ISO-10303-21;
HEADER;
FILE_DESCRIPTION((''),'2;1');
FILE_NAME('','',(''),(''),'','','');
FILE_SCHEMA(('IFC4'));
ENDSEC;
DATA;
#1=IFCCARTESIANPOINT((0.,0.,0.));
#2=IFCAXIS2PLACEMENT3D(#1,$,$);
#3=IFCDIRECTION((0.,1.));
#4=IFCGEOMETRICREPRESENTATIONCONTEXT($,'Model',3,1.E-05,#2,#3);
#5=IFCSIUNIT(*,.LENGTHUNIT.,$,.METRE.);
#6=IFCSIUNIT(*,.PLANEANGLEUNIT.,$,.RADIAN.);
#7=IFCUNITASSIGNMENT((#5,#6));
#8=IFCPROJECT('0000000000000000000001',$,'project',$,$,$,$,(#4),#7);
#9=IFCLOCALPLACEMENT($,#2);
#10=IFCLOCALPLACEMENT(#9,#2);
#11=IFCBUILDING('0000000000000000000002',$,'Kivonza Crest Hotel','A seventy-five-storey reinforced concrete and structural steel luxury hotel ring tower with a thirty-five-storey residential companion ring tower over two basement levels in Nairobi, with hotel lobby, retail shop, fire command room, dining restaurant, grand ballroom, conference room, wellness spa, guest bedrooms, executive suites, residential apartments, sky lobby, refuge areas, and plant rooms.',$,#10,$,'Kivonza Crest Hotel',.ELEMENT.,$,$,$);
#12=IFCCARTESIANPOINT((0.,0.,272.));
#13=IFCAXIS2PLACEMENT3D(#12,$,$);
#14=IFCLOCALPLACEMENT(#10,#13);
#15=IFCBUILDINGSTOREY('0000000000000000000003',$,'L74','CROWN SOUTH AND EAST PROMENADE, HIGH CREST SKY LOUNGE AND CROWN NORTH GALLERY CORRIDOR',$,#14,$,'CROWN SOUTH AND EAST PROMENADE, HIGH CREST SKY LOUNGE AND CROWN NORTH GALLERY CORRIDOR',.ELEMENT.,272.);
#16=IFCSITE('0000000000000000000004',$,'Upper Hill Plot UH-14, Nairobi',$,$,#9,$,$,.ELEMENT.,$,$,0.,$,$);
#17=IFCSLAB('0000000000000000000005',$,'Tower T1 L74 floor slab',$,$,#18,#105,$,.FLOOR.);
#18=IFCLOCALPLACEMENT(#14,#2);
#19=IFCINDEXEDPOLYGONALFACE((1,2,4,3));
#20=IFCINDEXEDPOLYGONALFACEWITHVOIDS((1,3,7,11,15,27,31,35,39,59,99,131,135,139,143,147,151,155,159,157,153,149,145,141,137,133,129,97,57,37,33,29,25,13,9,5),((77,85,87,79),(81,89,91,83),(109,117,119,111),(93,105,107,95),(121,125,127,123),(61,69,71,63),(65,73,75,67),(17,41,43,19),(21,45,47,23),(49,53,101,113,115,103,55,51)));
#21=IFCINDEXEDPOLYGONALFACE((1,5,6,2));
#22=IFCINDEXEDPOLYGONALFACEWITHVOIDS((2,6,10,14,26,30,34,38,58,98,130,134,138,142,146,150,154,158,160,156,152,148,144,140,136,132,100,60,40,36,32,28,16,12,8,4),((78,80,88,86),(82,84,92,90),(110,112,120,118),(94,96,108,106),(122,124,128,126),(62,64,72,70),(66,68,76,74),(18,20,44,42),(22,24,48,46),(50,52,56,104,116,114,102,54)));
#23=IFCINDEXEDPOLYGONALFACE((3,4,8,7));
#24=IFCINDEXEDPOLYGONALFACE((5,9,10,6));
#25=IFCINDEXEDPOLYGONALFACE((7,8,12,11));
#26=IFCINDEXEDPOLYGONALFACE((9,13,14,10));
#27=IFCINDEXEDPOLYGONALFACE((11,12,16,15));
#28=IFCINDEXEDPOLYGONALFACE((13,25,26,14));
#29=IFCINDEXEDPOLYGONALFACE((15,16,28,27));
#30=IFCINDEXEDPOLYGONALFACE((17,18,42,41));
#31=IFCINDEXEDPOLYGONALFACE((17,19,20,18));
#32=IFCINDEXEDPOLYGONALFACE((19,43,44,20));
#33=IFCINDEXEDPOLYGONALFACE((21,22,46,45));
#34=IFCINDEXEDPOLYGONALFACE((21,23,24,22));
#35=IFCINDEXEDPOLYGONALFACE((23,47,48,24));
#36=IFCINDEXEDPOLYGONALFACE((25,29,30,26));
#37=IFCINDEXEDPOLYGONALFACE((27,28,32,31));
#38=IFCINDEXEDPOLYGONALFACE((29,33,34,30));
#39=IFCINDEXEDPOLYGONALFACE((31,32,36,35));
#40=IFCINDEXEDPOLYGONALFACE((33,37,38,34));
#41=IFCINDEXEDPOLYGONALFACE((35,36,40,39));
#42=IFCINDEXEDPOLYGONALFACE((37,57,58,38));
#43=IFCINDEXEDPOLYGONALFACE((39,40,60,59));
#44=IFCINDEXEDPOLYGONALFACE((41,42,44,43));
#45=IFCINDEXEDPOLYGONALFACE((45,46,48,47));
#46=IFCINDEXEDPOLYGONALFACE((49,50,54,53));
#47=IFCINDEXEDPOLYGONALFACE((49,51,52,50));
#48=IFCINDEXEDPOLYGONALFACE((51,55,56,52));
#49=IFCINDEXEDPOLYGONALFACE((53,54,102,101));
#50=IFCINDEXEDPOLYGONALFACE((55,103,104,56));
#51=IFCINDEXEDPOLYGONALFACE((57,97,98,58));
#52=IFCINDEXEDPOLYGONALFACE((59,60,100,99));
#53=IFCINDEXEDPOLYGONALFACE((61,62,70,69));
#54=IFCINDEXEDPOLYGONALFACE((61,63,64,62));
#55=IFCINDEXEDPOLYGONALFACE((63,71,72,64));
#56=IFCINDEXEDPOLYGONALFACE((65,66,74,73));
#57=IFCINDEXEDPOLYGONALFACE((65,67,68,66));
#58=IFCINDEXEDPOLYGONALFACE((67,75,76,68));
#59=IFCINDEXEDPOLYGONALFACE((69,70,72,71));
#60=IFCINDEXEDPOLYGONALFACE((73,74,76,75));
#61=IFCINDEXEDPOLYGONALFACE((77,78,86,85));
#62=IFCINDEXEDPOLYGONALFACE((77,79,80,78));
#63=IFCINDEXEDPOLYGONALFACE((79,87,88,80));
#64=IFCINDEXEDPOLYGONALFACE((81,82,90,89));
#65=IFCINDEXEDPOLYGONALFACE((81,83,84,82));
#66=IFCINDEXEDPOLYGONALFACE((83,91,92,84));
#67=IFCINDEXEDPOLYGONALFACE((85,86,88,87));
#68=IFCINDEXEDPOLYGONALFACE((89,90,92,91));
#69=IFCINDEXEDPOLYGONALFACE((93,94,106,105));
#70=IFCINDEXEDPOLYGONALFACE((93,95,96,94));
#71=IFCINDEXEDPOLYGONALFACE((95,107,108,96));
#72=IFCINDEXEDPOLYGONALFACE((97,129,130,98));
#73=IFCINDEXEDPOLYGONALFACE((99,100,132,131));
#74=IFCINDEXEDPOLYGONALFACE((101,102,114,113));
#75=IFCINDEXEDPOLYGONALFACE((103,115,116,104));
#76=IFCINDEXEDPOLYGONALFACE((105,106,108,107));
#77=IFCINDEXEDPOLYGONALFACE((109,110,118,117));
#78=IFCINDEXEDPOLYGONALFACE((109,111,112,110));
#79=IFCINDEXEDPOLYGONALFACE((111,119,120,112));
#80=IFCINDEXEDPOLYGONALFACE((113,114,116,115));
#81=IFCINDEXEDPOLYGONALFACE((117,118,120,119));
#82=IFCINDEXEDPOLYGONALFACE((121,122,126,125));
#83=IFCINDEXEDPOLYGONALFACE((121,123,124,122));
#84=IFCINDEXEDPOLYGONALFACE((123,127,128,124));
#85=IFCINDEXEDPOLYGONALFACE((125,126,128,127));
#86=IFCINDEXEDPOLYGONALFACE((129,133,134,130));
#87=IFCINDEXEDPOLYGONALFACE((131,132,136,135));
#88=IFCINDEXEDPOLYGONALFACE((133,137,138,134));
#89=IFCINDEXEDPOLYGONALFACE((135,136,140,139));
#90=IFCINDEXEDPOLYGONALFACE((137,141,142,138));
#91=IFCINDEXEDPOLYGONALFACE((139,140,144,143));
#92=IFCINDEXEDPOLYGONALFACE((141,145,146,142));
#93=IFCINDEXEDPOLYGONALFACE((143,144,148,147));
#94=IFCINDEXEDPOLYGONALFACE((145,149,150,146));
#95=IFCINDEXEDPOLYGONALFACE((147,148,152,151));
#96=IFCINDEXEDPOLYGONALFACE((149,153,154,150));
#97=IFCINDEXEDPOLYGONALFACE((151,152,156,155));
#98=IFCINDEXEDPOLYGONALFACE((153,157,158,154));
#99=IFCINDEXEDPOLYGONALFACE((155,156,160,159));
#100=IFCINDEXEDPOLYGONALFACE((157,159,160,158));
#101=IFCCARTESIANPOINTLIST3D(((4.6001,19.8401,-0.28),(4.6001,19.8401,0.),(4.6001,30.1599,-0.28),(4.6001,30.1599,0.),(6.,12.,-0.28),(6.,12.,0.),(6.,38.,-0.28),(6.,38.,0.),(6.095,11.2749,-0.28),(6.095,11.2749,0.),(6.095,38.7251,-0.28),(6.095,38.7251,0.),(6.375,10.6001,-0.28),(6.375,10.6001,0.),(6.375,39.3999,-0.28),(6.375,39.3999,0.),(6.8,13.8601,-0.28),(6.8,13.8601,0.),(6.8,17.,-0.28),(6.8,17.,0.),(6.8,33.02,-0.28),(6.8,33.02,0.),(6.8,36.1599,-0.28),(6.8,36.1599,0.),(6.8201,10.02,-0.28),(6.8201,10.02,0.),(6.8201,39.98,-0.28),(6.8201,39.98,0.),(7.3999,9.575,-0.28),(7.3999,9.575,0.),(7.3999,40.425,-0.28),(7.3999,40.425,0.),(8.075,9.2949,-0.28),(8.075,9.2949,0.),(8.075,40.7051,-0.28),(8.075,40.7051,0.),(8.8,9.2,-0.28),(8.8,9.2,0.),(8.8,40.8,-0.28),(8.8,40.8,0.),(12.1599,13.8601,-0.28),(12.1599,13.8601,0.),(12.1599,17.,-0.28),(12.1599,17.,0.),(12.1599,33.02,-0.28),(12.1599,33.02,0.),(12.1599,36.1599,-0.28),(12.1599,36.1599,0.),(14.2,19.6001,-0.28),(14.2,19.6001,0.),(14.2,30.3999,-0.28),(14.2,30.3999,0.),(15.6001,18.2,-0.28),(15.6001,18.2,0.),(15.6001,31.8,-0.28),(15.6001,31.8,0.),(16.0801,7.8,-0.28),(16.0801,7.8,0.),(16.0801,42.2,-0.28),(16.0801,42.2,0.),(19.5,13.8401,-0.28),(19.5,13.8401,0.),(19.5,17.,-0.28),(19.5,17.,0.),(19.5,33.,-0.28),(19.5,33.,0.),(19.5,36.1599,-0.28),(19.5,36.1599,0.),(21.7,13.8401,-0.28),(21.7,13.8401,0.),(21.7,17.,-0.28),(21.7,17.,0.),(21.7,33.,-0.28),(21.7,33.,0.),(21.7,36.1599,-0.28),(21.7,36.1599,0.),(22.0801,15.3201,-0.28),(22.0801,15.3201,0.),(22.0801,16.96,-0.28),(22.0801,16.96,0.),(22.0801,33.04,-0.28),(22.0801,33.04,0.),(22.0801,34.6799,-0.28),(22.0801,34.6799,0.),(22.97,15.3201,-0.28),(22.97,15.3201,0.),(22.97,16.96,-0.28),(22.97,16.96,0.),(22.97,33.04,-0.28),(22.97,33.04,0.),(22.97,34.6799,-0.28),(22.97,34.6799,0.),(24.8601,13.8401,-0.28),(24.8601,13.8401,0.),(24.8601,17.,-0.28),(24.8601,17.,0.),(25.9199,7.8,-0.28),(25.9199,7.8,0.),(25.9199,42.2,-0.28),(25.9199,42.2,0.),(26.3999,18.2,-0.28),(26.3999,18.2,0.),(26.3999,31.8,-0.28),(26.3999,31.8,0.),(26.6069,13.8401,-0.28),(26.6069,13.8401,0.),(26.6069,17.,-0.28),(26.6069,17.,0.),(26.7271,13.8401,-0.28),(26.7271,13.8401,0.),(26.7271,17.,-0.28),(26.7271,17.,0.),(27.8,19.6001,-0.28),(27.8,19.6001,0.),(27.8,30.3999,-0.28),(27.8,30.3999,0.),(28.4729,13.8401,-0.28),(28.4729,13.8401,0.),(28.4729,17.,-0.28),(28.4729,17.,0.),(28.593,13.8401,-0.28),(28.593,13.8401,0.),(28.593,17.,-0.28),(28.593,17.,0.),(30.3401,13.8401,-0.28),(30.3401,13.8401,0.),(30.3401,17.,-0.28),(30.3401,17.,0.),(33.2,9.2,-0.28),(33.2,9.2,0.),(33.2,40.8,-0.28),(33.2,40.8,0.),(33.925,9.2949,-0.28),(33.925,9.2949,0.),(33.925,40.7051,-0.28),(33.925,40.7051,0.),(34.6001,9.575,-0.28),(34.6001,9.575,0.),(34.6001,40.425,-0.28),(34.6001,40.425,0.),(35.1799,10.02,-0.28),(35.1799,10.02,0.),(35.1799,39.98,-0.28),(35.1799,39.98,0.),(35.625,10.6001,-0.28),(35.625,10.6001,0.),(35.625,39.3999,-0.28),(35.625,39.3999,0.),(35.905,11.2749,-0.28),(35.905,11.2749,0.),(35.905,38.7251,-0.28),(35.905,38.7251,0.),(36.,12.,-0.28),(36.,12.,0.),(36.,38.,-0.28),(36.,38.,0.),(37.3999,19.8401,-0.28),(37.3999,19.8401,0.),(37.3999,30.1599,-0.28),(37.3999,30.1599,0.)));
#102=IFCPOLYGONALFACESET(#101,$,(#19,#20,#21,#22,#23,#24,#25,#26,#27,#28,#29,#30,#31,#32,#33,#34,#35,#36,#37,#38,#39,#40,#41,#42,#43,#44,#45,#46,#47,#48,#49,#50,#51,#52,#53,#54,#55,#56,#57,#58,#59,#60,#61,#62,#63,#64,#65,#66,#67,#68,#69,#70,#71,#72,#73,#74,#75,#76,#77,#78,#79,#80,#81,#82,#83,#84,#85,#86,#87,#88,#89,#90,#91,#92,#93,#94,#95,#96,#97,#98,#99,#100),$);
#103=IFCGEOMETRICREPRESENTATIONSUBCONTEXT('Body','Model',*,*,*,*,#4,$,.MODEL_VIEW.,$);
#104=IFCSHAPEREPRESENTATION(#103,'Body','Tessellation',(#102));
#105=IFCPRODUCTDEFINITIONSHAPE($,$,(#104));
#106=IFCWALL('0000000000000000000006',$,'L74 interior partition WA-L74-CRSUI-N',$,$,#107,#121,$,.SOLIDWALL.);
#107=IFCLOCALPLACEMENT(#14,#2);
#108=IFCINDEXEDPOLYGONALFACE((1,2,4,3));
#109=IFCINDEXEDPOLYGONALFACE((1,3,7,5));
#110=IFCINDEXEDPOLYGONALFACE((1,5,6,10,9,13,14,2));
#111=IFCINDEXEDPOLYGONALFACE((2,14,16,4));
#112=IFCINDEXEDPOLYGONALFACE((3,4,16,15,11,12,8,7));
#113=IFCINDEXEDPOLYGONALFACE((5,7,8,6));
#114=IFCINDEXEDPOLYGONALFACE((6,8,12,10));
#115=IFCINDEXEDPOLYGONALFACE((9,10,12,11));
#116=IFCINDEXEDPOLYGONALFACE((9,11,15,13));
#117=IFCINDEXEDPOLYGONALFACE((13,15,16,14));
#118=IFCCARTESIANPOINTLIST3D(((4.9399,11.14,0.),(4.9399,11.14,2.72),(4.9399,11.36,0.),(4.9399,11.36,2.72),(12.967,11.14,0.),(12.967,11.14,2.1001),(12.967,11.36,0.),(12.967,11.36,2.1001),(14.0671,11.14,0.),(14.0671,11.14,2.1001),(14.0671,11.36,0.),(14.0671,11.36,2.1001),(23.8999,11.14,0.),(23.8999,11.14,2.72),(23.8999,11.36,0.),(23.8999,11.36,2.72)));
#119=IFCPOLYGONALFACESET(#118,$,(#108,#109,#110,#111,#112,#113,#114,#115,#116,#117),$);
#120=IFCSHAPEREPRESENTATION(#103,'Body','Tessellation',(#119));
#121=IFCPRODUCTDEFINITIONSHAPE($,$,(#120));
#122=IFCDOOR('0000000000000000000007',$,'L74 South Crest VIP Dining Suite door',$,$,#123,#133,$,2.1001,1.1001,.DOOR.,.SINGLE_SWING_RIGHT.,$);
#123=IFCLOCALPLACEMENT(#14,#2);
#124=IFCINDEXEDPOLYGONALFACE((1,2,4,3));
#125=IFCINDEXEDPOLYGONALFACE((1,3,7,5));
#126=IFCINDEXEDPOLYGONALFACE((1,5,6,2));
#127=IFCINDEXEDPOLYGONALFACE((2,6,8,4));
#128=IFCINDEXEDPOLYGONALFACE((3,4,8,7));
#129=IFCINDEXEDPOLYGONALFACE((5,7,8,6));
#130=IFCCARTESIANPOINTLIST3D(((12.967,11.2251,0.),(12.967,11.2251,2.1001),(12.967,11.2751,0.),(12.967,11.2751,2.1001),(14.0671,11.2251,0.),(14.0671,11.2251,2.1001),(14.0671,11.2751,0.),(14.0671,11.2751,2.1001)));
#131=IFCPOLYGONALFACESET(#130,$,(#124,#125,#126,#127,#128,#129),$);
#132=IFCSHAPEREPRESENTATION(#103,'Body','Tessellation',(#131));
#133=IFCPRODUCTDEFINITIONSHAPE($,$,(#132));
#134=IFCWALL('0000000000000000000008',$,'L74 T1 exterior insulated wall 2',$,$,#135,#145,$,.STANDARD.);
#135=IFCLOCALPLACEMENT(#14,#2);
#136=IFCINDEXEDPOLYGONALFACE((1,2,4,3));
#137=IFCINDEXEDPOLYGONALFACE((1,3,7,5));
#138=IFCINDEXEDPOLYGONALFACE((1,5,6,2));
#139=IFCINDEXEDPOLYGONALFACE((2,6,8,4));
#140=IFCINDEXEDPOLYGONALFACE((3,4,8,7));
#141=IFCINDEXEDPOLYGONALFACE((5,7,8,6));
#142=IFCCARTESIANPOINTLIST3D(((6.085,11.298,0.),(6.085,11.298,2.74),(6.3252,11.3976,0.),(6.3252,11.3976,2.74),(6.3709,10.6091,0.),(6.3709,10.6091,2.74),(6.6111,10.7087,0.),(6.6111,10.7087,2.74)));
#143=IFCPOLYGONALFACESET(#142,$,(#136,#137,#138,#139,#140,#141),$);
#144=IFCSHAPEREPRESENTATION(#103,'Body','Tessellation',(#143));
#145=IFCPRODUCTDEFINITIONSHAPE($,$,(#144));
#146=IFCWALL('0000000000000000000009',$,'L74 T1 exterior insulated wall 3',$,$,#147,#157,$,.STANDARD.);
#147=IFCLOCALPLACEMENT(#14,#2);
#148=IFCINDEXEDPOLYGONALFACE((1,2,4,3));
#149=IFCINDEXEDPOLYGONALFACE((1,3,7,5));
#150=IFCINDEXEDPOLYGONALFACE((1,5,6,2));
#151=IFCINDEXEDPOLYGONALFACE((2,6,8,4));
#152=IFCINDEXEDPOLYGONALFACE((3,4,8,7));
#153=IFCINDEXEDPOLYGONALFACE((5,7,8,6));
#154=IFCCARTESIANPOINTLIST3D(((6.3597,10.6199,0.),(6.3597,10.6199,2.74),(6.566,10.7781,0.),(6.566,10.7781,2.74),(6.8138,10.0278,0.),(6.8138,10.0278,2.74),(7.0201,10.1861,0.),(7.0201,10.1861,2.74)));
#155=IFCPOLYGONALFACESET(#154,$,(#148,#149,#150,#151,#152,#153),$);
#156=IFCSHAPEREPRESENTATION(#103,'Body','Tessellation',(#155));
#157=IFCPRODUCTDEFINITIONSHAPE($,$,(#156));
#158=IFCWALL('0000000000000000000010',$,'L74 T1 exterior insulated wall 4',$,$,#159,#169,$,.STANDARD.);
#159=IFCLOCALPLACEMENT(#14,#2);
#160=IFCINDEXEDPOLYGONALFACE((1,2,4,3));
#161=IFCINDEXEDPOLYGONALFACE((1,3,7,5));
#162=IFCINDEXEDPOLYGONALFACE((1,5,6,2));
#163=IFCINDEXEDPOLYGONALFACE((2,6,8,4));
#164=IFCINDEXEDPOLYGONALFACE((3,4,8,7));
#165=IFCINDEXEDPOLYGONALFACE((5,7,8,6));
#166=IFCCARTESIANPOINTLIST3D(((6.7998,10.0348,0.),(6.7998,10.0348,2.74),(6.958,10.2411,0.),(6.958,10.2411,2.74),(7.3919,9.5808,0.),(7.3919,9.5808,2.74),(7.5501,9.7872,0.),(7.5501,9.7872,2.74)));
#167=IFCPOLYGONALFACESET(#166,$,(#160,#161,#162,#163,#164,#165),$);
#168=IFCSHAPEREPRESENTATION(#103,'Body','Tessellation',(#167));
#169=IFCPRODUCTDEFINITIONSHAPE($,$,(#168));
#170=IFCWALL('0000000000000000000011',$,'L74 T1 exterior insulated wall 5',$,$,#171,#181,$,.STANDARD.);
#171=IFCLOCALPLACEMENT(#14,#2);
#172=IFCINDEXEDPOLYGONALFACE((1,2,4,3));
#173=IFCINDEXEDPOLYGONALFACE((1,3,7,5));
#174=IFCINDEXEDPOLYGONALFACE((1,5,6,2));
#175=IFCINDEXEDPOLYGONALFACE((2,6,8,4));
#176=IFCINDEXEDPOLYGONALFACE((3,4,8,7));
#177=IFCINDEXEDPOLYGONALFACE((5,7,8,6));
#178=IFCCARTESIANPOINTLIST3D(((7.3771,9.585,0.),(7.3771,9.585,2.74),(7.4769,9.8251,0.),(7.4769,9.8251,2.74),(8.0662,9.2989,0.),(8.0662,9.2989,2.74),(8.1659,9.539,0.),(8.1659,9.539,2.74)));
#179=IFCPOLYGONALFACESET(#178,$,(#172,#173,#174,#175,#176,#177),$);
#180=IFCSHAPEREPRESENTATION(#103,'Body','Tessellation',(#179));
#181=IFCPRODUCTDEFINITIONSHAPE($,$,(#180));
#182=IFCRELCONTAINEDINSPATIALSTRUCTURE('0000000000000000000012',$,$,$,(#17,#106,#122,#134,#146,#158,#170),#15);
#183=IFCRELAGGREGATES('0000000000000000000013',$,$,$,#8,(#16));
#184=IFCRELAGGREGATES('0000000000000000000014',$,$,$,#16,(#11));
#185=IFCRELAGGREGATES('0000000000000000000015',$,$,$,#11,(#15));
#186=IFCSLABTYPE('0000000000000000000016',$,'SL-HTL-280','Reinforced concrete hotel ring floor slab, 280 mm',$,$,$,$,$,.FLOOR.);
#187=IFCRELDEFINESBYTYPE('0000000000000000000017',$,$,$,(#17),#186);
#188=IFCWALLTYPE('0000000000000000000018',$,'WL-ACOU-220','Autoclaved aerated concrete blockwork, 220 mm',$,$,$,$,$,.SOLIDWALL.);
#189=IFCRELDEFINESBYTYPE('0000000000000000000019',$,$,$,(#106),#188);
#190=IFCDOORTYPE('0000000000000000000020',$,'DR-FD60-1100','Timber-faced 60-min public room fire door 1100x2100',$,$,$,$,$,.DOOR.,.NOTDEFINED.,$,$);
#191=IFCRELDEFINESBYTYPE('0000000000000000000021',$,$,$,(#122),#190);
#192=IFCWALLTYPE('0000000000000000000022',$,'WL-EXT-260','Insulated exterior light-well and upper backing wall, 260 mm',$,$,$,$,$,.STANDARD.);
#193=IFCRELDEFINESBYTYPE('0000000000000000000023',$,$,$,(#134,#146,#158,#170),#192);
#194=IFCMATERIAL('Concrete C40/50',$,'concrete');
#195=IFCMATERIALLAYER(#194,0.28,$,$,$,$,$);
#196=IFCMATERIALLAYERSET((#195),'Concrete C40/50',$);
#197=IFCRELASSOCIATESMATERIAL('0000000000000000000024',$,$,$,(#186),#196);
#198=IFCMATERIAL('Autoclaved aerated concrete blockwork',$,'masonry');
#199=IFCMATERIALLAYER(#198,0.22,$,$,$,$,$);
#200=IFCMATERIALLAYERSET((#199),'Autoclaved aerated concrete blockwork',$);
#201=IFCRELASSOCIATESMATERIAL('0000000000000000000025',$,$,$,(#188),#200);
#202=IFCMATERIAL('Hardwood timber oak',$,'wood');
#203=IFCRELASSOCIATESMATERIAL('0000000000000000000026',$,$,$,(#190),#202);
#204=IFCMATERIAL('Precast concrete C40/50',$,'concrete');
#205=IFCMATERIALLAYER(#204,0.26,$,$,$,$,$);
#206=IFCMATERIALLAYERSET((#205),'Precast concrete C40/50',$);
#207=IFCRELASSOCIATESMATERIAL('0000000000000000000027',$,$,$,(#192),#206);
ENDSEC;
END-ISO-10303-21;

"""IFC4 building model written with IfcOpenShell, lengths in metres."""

from ifc_helpers import new_model, si_unit, direction, frame, frame_2d, origin, place, context, subcontext, project, spatial, polyline, rectangle, outline, extrude, material, layer, layer_set, type_object, element, fill, save


model = new_model("IFC4")

# Units and contexts
model_context = context("Model", 3, precision=1e-05, world=origin(), true_north=direction((0.0, 1.0)))
body_context = subcontext(model_context, "Body", "Model", "MODEL_VIEW")
ifc_project = project(units=[si_unit("LENGTHUNIT", "METRE"), si_unit("PLANEANGLEUNIT", "RADIAN")], contexts=[model_context])

# Site, building, storey
site_placement = place(None, origin())
site = spatial("IfcSite", under=ifc_project, at=site_placement, Name="Upper Hill Plot UH-14, Nairobi", CompositionType="ELEMENT", RefElevation=0.0)
building_placement = place(site_placement, origin())
building = spatial("IfcBuilding", under=site, at=building_placement, Name="Kivonza Crest Hotel", Description="A seventy-five-storey reinforced concrete and structural steel luxury hotel ring tower with a thirty-five-storey residential companion ring tower over two basement levels in Nairobi, with hotel lobby, retail shop, fire command room, dining restaurant, grand ballroom, conference room, wellness spa, guest bedrooms, executive suites, residential apartments, sky lobby, refuge areas, and plant rooms.", LongName="Kivonza Crest Hotel", CompositionType="ELEMENT")
storey_placement = place(building_placement, frame((0.0, 0.0, 272.0)))
storey = spatial("IfcBuildingStorey", under=building, at=storey_placement, Name="L74", Description="CROWN SOUTH AND EAST PROMENADE, HIGH CREST SKY LOUNGE AND CROWN NORTH GALLERY CORRIDOR", LongName="CROWN SOUTH AND EAST PROMENADE, HIGH CREST SKY LOUNGE AND CROWN NORTH GALLERY CORRIDOR", CompositionType="ELEMENT", Elevation=272.0)

# Slab
ifc_material_1 = material(Name="Concrete C40/50", Category="concrete")
ifc_layer_1 = layer(ifc_material_1, 0.28)
ifc_layer_set_1 = layer_set([ifc_layer_1], Name="Concrete C40/50")
slab_type = type_object("IfcSlabType", Name="SL-HTL-280", Description="Reinforced concrete hotel ring floor slab, 280 mm", PredefinedType="FLOOR", material=ifc_layer_set_1)
slab_placement = place(storey_placement, frame((0.0, 0.0, -0.28)))
element("IfcSlab", 1, at=slab_placement, inside=storey, type_object=slab_type, Name="Tower T1 L74 floor slab", PredefinedType="FLOOR", context=body_context, shape_type="SweptSolid", body=[
    extrude(outline(polyline([(6.0, 12.0), (6.095, 11.2749), (6.375, 10.6001), (6.8201, 10.02), (7.3999, 9.575), (8.075, 9.2949), (8.8, 9.2), (16.0801, 7.8), (25.9199, 7.8), (33.2, 9.2), (33.925, 9.2949), (34.6001, 9.575), (35.1799, 10.02), (35.625, 10.6001), (35.905, 11.2749), (36.0, 12.0), (37.3999, 19.8401), (37.3999, 30.1599), (36.0, 38.0), (35.905, 38.7251), (35.625, 39.3999), (35.1799, 39.98), (34.6001, 40.425), (33.925, 40.7051), (33.2, 40.8), (25.9199, 42.2), (16.0801, 42.2), (8.8, 40.8), (8.075, 40.7051), (7.3999, 40.425), (6.8201, 39.98), (6.375, 39.3999), (6.095, 38.7251), (6.0, 38.0), (4.6001, 30.1599), (4.6001, 19.8401), (6.0, 12.0)]), holes=[polyline([(15.6001, 18.2), (26.3999, 18.2), (27.8, 19.6001), (27.8, 30.3999), (26.3999, 31.8), (15.6001, 31.8), (14.2, 30.3999), (14.2, 19.6001), (15.6001, 18.2)]), polyline([(6.8, 33.02), (12.1599, 33.02), (12.1599, 36.1599), (6.8, 36.1599), (6.8, 33.02)]), polyline([(6.8, 13.8601), (12.1599, 13.8601), (12.1599, 17.0), (6.8, 17.0), (6.8, 13.8601)]), polyline([(22.0801, 33.04), (22.97, 33.04), (22.97, 34.6799), (22.0801, 34.6799), (22.0801, 33.04)]), polyline([(22.0801, 15.3201), (22.97, 15.3201), (22.97, 16.96), (22.0801, 16.96), (22.0801, 15.3201)]), polyline([(19.5, 33.0), (21.7, 33.0), (21.7, 36.1599), (19.5, 36.1599), (19.5, 33.0)]), polyline([(19.5, 13.8401), (21.7, 13.8401), (21.7, 17.0), (19.5, 17.0), (19.5, 13.8401)]), polyline([(24.8601, 13.8401), (26.6069, 13.8401), (26.6069, 17.0), (24.8601, 17.0), (24.8601, 13.8401)]), polyline([(26.7271, 13.8401), (28.4729, 13.8401), (28.4729, 17.0), (26.7271, 17.0), (26.7271, 13.8401)]), polyline([(28.593, 13.8401), (30.3401, 13.8401), (30.3401, 17.0), (28.593, 17.0), (28.593, 13.8401)])]), origin(), (0.0, 0.0, 1.0), 0.28),
])

# Wall, opening, door
ifc_material_2 = material(Name="Autoclaved aerated concrete blockwork", Category="masonry")
ifc_layer_2 = layer(ifc_material_2, 0.22)
ifc_layer_set_2 = layer_set([ifc_layer_2], Name="Autoclaved aerated concrete blockwork")
wall_type_1 = type_object("IfcWallType", Name="WL-ACOU-220", Description="Autoclaved aerated concrete blockwork, 220 mm", PredefinedType="SOLIDWALL", material=ifc_layer_set_2)
wall_1_placement = place(storey_placement, frame((4.9399, 11.25, 0.0), z_axis=(0.0, 0.0, 1.0), x_axis=(1.0, 0.0, 0.0)))
wall_1 = element("IfcWall", 2, at=wall_1_placement, inside=storey, type_object=wall_type_1, Name="L74 interior partition WA-L74-CRSUI-N", PredefinedType="SOLIDWALL", context=body_context, shape_type="SweptSolid", body=[
    extrude(rectangle(XDim=18.96, YDim=0.22, at=frame_2d((9.48, 0.0))), origin(), (0.0, 0.0, 1.0), 2.72),
])
opening_1_placement = place(wall_1_placement, frame((8.0271, 0.0, 0.0)))
opening_1 = element("IfcOpeningElement", 3, at=opening_1_placement, cuts=wall_1, PredefinedType="OPENING", context=body_context, shape_type="SweptSolid", body=[
    extrude(rectangle(XDim=1.1001, YDim=2.1001, at=frame_2d((0.55, 1.05))), frame((0.0, 0.1201, 0.0), z_axis=(0.0, -1.0, 0.0), x_axis=(1.0, 0.0, 0.0)), (0.0, 0.0, 1.0), 0.24),
])
ifc_material_3 = material(Name="Hardwood timber oak", Category="wood")
door_type = type_object("IfcDoorType", Name="DR-FD60-1100", Description="Timber-faced 60-min public room fire door 1100x2100", OperationType="NOTDEFINED", PredefinedType="DOOR", material=ifc_material_3)
door_placement = place(opening_1_placement, frame((1.1001, 0.0, 0.0), z_axis=(0.0, 0.0, 1.0), x_axis=(-1.0, 0.0, 0.0)))
door = element("IfcDoor", 4, at=door_placement, inside=storey, type_object=door_type, Name="L74 South Crest VIP Dining Suite door", OperationType="SINGLE_SWING_RIGHT", OverallHeight=2.1001, OverallWidth=1.1001, PredefinedType="DOOR", context=body_context, shape_type="SweptSolid", body=[
    extrude(rectangle(XDim=1.1001, YDim=2.1001, at=frame_2d((0.55, 1.05))), frame((0.0, 0.0249, 0.0), z_axis=(0.0, -1.0, 0.0), x_axis=(1.0, 0.0, 0.0)), (0.0, 0.0, 1.0), 0.05),
])
fill(opening_1, door)

# Walls
ifc_material_4 = material(Name="Precast concrete C40/50", Category="concrete")
ifc_layer_3 = layer(ifc_material_4, 0.26)
ifc_layer_set_3 = layer_set([ifc_layer_3], Name="Precast concrete C40/50")
wall_type_2 = type_object("IfcWallType", Name="WL-EXT-260", Description="Insulated exterior light-well and upper backing wall, 260 mm", PredefinedType="STANDARD", material=ifc_layer_set_3)
wall_2_placement = place(storey_placement, frame((6.2051, 11.3479, 0.0), z_axis=(0.0, 0.0, 1.0), x_axis=(0.383267, -0.923638, 0.0)))
element("IfcWall", 5, at=wall_2_placement, inside=storey, type_object=wall_type_2, Name="L74 T1 exterior insulated wall 2", PredefinedType="STANDARD", context=body_context, shape_type="SweptSolid", body=[
    extrude(rectangle(XDim=0.7458, YDim=0.26, at=frame_2d((0.373, 0.0))), origin(), (0.0, 0.0, 1.0), 2.74),
])
for number, where, z_axis, x_axis, name in (
    (6, (6.4629, 10.699, 0.0), (0.0, 0.0, 1.0), (0.608603, -0.793475, 0.0), "L74 T1 exterior insulated wall 3"),
    (7, (6.8789, 10.1379, 0.0), (0.0, 0.0, 1.0), (0.793633, -0.608397, 0.0), "L74 T1 exterior insulated wall 4"),
    (8, (7.427, 9.7051, 0.0), (0.0, 0.0, 1.0), (0.923522, -0.383546, 0.0), "L74 T1 exterior insulated wall 5"),
):
    element("IfcWall", number, at=place(storey_placement, frame(where, z_axis=z_axis, x_axis=x_axis)), inside=storey, type_object=wall_type_2, Name=name, PredefinedType="STANDARD", context=body_context, shape_type="SweptSolid", body=[
        extrude(rectangle(XDim=0.7461, YDim=0.26, at=frame_2d((0.373, 0.0))), origin(), (0.0, 0.0, 1.0), 2.74),
    ])

save(model, "model.ifc")
